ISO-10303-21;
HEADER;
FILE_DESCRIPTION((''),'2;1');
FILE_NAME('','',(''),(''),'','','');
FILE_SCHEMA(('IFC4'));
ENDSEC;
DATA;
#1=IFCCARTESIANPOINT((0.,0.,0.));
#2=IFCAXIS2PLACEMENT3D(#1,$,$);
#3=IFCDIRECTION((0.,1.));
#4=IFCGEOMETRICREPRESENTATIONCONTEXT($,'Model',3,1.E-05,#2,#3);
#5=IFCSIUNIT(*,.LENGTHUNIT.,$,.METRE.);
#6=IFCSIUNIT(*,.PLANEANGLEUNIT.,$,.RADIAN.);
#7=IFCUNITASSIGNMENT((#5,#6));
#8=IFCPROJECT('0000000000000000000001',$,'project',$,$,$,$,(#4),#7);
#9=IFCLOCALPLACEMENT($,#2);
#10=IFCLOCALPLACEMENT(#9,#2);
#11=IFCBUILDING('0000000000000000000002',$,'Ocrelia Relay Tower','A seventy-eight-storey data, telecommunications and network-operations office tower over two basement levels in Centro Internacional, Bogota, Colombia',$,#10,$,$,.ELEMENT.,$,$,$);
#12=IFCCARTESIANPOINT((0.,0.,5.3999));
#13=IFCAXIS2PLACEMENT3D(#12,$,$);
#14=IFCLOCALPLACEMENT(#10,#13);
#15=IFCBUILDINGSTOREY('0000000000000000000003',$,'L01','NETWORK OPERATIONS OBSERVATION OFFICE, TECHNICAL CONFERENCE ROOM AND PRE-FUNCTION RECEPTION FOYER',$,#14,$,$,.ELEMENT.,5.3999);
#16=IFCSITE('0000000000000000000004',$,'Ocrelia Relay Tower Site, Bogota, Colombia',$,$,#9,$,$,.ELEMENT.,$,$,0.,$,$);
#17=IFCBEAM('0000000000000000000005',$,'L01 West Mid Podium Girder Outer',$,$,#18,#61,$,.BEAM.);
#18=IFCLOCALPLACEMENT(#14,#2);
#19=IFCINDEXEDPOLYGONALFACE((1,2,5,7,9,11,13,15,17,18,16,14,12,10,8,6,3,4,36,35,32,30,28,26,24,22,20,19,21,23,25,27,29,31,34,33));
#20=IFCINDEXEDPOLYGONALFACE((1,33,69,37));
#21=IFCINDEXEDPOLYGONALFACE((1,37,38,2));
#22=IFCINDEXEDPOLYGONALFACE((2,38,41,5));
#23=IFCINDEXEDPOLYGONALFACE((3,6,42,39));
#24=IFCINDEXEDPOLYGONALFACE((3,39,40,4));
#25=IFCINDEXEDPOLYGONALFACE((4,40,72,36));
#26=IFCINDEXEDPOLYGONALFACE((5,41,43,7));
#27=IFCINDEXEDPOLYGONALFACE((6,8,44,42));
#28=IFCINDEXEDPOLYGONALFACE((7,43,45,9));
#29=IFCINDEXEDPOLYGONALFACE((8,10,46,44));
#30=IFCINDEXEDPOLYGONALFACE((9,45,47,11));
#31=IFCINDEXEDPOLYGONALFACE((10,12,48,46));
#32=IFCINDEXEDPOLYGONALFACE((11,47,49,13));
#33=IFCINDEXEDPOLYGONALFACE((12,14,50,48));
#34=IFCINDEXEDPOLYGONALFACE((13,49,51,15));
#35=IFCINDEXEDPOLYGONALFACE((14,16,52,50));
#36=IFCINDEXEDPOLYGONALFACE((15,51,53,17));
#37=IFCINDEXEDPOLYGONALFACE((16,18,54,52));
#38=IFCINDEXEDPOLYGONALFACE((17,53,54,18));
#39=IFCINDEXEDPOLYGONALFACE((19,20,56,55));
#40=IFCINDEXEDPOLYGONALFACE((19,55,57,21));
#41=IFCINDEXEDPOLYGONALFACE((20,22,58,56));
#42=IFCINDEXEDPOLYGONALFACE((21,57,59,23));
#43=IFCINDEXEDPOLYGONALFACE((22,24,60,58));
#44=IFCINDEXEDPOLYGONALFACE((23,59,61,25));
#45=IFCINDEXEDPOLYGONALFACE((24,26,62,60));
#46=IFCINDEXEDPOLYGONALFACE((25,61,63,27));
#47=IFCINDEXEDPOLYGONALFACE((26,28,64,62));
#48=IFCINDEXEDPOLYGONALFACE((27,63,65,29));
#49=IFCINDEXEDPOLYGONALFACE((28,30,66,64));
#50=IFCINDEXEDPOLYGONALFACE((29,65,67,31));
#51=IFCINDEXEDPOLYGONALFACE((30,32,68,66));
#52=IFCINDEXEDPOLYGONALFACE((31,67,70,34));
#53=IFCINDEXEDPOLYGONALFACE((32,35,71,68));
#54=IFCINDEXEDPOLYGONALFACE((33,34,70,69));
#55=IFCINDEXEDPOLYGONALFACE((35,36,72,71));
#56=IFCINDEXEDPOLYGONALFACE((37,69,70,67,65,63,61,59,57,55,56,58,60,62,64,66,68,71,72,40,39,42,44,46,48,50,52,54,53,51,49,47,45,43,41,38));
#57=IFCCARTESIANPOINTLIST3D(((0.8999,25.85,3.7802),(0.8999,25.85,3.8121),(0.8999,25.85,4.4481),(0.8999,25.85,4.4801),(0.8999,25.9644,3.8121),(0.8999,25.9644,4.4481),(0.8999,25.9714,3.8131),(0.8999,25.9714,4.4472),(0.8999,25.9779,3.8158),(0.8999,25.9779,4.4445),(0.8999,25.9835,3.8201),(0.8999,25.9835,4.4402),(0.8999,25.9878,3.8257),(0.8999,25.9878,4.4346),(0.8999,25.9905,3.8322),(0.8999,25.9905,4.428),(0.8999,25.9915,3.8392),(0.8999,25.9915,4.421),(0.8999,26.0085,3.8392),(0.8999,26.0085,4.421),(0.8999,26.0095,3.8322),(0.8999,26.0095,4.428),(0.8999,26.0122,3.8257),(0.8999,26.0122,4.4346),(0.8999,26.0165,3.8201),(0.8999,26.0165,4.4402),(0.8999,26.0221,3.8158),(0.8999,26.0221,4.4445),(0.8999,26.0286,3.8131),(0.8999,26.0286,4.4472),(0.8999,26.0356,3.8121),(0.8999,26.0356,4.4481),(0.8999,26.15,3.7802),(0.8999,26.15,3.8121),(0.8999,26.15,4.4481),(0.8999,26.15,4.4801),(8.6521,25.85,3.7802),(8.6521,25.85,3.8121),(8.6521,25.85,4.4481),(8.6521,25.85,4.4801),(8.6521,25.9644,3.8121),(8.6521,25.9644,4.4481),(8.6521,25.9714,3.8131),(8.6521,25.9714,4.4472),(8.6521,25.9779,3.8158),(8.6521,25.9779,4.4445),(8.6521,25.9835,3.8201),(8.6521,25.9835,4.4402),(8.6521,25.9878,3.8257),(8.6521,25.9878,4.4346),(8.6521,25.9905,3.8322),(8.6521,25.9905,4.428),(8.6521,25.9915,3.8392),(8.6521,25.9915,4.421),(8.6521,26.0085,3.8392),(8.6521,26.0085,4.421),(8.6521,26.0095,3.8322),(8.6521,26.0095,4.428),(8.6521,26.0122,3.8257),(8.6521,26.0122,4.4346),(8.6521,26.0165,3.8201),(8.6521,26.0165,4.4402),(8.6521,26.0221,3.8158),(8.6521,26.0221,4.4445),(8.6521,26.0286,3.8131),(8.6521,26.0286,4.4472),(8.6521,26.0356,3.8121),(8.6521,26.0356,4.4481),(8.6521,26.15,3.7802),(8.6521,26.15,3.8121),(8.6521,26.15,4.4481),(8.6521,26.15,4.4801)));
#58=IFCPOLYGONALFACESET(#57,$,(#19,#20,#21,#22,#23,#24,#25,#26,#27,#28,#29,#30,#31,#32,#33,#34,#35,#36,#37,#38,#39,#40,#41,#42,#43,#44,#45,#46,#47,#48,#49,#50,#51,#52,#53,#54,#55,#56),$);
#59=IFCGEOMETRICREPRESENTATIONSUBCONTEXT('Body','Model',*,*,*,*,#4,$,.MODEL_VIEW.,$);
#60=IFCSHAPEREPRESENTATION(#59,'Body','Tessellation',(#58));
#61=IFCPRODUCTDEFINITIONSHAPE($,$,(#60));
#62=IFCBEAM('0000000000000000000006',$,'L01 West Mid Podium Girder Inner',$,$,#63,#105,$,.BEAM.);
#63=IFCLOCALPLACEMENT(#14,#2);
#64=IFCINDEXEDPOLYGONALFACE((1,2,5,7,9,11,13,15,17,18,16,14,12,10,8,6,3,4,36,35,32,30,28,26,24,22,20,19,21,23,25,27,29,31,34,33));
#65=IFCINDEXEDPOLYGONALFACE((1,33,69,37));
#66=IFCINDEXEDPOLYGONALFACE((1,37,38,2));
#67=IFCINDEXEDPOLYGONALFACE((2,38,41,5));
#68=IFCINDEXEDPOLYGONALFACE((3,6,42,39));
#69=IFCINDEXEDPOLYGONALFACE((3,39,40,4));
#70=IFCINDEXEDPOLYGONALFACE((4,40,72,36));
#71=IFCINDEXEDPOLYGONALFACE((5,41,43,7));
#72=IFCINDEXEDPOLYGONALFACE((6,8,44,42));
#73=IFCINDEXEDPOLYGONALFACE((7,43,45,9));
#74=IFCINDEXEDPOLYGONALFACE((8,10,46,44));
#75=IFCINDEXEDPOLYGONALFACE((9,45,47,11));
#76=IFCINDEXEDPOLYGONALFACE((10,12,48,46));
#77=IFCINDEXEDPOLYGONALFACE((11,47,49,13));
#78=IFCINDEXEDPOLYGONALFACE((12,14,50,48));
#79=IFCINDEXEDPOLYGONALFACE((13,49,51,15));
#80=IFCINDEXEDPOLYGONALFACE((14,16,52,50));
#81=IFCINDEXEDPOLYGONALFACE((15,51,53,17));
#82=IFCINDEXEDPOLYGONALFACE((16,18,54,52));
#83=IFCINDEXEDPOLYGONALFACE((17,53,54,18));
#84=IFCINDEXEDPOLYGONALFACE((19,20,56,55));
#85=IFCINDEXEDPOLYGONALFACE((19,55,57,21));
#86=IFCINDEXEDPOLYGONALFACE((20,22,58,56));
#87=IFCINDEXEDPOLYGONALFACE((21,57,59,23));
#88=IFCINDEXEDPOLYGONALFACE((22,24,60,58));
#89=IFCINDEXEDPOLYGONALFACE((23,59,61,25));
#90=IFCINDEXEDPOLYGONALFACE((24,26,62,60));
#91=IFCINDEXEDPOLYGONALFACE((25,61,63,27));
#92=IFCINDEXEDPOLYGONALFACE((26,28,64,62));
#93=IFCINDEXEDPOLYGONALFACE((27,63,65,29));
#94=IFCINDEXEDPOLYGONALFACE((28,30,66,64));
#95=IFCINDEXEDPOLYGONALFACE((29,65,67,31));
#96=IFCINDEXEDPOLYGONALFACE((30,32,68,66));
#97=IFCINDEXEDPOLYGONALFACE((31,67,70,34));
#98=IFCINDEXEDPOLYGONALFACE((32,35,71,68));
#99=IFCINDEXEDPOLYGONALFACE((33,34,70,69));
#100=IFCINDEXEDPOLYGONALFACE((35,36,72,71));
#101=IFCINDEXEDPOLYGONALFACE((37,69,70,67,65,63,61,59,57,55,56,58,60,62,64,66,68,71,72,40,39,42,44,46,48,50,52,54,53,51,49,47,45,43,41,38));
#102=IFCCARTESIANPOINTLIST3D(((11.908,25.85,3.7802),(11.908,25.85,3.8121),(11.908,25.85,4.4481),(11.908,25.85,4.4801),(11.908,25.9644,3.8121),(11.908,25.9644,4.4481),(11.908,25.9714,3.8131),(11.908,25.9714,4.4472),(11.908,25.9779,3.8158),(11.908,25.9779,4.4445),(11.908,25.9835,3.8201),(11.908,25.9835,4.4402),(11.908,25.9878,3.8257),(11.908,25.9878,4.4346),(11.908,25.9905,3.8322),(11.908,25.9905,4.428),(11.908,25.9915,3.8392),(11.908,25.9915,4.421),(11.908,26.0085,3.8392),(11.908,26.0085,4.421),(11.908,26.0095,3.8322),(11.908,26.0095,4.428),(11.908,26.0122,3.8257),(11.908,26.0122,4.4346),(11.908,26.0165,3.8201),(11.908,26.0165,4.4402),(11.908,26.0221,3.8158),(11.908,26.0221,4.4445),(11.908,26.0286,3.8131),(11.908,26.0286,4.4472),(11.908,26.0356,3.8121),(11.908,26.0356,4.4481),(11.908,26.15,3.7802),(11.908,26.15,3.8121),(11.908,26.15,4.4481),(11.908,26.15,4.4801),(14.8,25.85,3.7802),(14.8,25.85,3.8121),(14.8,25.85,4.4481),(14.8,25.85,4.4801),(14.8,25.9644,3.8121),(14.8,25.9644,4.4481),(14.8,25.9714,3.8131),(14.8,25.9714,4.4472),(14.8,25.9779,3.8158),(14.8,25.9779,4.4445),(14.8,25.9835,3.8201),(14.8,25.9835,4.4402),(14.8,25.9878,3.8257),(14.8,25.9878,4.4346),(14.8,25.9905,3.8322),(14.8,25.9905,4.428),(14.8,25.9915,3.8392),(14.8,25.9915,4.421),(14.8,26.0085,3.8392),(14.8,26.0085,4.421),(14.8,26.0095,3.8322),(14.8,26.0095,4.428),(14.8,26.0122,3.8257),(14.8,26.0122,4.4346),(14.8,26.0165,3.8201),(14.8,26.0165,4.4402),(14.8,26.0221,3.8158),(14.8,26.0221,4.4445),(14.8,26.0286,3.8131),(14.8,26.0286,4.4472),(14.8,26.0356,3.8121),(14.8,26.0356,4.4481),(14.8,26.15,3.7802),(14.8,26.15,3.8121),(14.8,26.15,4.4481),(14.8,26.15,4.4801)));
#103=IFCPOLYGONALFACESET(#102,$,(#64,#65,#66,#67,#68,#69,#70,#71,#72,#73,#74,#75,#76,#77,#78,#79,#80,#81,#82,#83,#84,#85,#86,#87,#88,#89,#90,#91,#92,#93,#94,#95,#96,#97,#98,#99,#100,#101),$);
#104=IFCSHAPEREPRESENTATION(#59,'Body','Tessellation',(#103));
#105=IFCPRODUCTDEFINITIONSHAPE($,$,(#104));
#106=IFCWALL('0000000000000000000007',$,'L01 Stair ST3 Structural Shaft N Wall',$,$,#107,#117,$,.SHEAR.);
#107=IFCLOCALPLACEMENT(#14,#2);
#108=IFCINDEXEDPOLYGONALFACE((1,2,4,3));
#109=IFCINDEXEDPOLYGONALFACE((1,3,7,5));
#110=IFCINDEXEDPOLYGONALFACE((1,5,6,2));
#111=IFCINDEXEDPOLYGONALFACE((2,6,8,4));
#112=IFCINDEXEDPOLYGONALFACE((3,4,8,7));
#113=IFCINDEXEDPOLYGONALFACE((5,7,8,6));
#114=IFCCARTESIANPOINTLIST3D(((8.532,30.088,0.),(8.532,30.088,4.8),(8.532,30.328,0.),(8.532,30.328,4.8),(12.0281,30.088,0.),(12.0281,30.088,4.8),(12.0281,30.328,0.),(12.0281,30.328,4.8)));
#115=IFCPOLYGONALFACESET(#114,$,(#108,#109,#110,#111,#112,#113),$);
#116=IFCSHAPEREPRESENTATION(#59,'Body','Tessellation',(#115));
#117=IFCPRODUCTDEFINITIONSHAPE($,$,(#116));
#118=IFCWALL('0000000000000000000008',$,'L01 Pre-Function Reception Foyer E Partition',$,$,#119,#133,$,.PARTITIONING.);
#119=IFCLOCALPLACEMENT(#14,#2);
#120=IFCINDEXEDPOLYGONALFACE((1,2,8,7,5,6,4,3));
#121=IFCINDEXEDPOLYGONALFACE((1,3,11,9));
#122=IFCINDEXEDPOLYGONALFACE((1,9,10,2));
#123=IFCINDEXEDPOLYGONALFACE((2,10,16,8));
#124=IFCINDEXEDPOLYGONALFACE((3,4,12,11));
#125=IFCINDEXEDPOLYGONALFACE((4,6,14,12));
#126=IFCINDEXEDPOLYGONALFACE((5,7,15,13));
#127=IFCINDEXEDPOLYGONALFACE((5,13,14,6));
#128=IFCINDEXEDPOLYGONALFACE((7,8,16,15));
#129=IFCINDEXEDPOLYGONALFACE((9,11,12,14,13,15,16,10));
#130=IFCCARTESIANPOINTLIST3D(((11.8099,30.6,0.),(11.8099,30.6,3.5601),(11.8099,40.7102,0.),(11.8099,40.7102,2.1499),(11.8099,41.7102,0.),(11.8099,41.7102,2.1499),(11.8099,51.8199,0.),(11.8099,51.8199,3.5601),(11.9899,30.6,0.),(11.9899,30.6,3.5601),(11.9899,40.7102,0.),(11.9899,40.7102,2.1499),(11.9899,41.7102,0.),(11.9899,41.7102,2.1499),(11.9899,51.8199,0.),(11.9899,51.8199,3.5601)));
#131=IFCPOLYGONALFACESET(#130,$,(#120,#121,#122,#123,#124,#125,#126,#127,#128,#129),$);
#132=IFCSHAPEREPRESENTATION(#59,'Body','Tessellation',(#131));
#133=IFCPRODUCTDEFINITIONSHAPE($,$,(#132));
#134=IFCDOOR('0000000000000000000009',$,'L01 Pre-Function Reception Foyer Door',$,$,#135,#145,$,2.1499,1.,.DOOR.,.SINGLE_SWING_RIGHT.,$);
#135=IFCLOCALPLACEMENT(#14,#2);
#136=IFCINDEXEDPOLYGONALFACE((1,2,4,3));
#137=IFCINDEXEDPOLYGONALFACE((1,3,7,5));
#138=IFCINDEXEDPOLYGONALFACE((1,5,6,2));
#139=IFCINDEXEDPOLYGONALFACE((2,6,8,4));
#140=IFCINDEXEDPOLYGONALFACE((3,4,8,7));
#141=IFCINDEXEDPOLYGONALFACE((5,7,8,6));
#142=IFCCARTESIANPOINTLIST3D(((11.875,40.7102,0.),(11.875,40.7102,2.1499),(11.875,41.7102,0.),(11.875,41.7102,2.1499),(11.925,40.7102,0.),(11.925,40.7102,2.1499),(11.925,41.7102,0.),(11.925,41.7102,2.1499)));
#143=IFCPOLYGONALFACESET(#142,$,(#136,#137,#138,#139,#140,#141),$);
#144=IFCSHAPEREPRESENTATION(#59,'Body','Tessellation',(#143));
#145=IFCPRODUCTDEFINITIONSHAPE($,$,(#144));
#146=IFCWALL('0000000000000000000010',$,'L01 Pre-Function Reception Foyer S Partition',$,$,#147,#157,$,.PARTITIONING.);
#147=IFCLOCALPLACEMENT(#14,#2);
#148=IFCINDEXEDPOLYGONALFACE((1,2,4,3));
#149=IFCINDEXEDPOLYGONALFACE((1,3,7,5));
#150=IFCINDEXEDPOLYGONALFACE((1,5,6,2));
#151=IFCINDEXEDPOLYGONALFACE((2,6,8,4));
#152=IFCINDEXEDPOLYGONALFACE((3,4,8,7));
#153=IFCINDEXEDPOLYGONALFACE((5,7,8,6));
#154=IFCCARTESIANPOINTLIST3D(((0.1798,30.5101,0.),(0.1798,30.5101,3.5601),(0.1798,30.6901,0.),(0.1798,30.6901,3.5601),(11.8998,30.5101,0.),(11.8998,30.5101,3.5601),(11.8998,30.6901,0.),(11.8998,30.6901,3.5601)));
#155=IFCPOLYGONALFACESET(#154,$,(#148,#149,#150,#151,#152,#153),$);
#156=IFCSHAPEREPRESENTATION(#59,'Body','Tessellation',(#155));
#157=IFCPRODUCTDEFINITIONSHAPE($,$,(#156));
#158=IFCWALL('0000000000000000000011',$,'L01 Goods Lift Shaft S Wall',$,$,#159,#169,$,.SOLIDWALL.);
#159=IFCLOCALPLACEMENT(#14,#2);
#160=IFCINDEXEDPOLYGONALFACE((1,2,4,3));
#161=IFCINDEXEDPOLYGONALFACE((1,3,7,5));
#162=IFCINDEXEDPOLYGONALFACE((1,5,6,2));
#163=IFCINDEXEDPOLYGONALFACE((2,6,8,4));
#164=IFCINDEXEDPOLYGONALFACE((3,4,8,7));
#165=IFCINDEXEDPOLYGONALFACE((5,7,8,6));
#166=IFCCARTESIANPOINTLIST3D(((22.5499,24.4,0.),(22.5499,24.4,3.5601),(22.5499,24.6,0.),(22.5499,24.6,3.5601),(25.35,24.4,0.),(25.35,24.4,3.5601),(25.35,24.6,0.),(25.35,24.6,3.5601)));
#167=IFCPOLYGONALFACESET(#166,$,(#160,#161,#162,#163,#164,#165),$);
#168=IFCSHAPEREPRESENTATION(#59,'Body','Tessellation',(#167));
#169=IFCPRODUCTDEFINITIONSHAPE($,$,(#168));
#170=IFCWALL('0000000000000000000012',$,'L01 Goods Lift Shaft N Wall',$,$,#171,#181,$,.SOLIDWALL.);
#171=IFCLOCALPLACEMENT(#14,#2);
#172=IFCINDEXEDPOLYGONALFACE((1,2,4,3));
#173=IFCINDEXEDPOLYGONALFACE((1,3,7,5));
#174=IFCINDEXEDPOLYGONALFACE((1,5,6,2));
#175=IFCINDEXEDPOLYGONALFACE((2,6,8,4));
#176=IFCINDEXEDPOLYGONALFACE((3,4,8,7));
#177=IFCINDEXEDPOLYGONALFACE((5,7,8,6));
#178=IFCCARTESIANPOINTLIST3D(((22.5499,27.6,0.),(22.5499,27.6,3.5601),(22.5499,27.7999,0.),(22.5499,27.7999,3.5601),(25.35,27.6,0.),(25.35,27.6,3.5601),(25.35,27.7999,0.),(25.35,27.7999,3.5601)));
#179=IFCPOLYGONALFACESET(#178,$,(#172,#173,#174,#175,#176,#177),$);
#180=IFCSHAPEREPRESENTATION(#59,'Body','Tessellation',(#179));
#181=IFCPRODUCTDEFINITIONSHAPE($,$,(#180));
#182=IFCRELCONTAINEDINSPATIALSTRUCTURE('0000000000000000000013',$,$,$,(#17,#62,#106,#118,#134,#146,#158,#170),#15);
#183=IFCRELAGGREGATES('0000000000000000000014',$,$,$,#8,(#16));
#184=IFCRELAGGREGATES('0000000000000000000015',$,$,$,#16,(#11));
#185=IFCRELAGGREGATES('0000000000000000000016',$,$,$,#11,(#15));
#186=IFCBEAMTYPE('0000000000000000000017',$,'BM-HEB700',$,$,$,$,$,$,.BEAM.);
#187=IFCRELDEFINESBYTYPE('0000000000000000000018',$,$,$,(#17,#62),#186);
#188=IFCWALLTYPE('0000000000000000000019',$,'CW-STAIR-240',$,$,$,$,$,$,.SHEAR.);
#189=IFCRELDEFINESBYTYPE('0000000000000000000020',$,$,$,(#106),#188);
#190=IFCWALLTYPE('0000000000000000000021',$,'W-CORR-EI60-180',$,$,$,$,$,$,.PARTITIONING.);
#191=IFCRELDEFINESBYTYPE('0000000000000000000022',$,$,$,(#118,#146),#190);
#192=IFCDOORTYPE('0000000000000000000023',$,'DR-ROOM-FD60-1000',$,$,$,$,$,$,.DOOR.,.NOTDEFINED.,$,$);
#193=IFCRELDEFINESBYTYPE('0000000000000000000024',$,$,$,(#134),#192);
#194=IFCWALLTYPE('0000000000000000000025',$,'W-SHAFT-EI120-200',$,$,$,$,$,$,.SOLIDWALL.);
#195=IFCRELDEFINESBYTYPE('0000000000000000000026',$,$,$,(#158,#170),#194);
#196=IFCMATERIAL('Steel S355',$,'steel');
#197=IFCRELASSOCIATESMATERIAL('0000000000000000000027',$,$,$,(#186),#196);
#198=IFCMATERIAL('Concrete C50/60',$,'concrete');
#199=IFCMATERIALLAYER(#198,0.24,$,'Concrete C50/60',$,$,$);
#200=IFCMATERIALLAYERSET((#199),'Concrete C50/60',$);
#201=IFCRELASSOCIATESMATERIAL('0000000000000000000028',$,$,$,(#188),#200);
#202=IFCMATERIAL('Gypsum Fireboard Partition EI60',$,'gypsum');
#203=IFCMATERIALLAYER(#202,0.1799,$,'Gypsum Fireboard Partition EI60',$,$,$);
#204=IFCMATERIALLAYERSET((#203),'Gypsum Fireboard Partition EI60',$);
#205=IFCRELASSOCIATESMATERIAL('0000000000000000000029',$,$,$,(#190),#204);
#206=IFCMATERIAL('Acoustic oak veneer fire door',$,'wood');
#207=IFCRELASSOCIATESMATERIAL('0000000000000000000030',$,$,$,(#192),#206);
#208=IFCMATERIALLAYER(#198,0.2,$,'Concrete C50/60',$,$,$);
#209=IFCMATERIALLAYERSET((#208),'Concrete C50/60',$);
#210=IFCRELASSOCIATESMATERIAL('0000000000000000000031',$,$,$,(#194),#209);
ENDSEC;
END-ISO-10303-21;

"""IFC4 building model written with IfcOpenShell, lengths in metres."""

from ifc_helpers import new_model, si_unit, direction, frame, frame_2d, origin, origin_2d, place, context, subcontext, project, spatial, rectangle, i_section, extrude, material, layer, layer_set, material_profile, profile_set, type_object, element, fill, save


model = new_model("IFC4")

# Units and contexts
model_context = context("Model", 3, precision=1e-05, world=origin(), true_north=direction((0.0, 1.0)))
body_context = subcontext(model_context, "Body", "Model", "MODEL_VIEW")
ifc_project = project(units=[si_unit("LENGTHUNIT", "METRE"), si_unit("PLANEANGLEUNIT", "RADIAN")], contexts=[model_context])

# Site, building, storey
site_placement = place(None, origin())
site = spatial("IfcSite", under=ifc_project, at=site_placement, Name="Ocrelia Relay Tower Site, Bogota, Colombia", CompositionType="ELEMENT", RefElevation=0.0)
building_placement = place(site_placement, origin())
building = spatial("IfcBuilding", under=site, at=building_placement, Name="Ocrelia Relay Tower", Description="A seventy-eight-storey data, telecommunications and network-operations office tower over two basement levels in Centro Internacional, Bogota, Colombia", CompositionType="ELEMENT")
storey_placement = place(building_placement, frame((0.0, 0.0, 5.3999)))
storey = spatial("IfcBuildingStorey", under=building, at=storey_placement, Name="L01", Description="NETWORK OPERATIONS OBSERVATION OFFICE, TECHNICAL CONFERENCE ROOM AND PRE-FUNCTION RECEPTION FOYER", CompositionType="ELEMENT", Elevation=5.3999)

# Beams
ifc_material_1 = material(Name="Steel S355", Category="steel")
ifc_material_profile_1 = material_profile(ifc_material_1, i_section(OverallWidth=0.3, OverallDepth=0.7, WebThickness=0.0171, FlangeThickness=0.032, FilletRadius=0.0271, at=origin_2d()), Name="HEB 700")
ifc_profile_set_1 = profile_set([ifc_material_profile_1], Name="Steel S355")
beam_type_1 = type_object("IfcBeamType", Name="BM-HEB700", PredefinedType="BEAM", material=ifc_profile_set_1)
beam_1_placement = place(storey_placement, frame((0.8999, 26.0, 4.1301), z_axis=(1.0, 0.0, 0.0), x_axis=(0.0, 1.0, 0.0)))
element("IfcBeam", 1, at=beam_1_placement, inside=storey, type_object=beam_type_1, Name="L01 West Mid Podium Girder Outer", PredefinedType="BEAM", context=body_context, shape_type="SweptSolid", body=[
    extrude(i_section(OverallWidth=0.3, OverallDepth=0.7, WebThickness=0.0171, FlangeThickness=0.032, FilletRadius=0.0271, at=origin_2d()), origin(), (0.0, 0.0, 1.0), 7.7522),
])
beam_2_placement = place(storey_placement, frame((11.908, 26.0, 4.1301), z_axis=(1.0, 0.0, 0.0), x_axis=(0.0, 1.0, 0.0)))
element("IfcBeam", 2, at=beam_2_placement, inside=storey, type_object=beam_type_1, Name="L01 West Mid Podium Girder Inner", PredefinedType="BEAM", context=body_context, shape_type="SweptSolid", body=[
    extrude(i_section(OverallWidth=0.3, OverallDepth=0.7, WebThickness=0.0171, FlangeThickness=0.032, FilletRadius=0.0271, at=origin_2d()), origin(), (0.0, 0.0, 1.0), 2.8921),
])

# Wall
ifc_material_2 = material(Name="Concrete C50/60", Category="concrete")
ifc_layer_1 = layer(ifc_material_2, 0.24, Name="Concrete C50/60")
ifc_layer_set_1 = layer_set([ifc_layer_1], Name="Concrete C50/60")
wall_type_1 = type_object("IfcWallType", Name="CW-STAIR-240", PredefinedType="SHEAR", material=ifc_layer_set_1)
wall_1_placement = place(storey_placement, frame((8.532, 30.208, 0.0), z_axis=(0.0, 0.0, 1.0), x_axis=(1.0, 0.0, 0.0)))
element("IfcWall", 3, at=wall_1_placement, inside=storey, type_object=wall_type_1, Name="L01 Stair ST3 Structural Shaft N Wall", PredefinedType="SHEAR", context=body_context, shape_type="SweptSolid", body=[
    extrude(rectangle(XDim=3.4961, YDim=0.24, at=frame_2d((1.748, 0.0))), origin(), (0.0, 0.0, 1.0), 4.8),
])

# Wall, opening, door
ifc_material_3 = material(Name="Gypsum Fireboard Partition EI60", Category="gypsum")
ifc_layer_2 = layer(ifc_material_3, 0.1799, Name="Gypsum Fireboard Partition EI60")
ifc_layer_set_2 = layer_set([ifc_layer_2], Name="Gypsum Fireboard Partition EI60")
wall_type_2 = type_object("IfcWallType", Name="W-CORR-EI60-180", PredefinedType="PARTITIONING", material=ifc_layer_set_2)
wall_2_placement = place(storey_placement, frame((11.8999, 30.6001, 0.0), z_axis=(0.0, 0.0, 1.0), x_axis=(0.0, 1.0, 0.0)))
wall_2 = element("IfcWall", 4, at=wall_2_placement, inside=storey, type_object=wall_type_2, Name="L01 Pre-Function Reception Foyer E Partition", PredefinedType="PARTITIONING", context=body_context, shape_type="SweptSolid", body=[
    extrude(rectangle(XDim=21.22, YDim=0.1799, at=frame_2d((10.6099, 0.0))), origin(), (0.0, 0.0, 1.0), 3.5601),
])
opening_1_placement = place(wall_2_placement, frame((10.1101, 0.0, 0.0)))
opening_1 = element("IfcOpeningElement", 5, at=opening_1_placement, cuts=wall_2, PredefinedType="OPENING", context=body_context, shape_type="SweptSolid", body=[
    extrude(rectangle(XDim=1.0, YDim=2.1499, at=frame_2d((0.5, 1.075))), frame((0.0, 0.1001, 0.0), z_axis=(0.0, -1.0, 0.0), x_axis=(1.0, 0.0, 0.0)), (0.0, 0.0, 1.0), 0.2),
])
ifc_material_4 = material(Name="Acoustic oak veneer fire door", Category="wood")
door_type_1 = type_object("IfcDoorType", Name="DR-ROOM-FD60-1000", OperationType="NOTDEFINED", PredefinedType="DOOR", material=ifc_material_4)
door_1_placement = place(opening_1_placement, origin())
door_1 = element("IfcDoor", 6, at=door_1_placement, inside=storey, type_object=door_type_1, Name="L01 Pre-Function Reception Foyer Door", OperationType="SINGLE_SWING_RIGHT", OverallHeight=2.1499, OverallWidth=1.0, PredefinedType="DOOR", context=body_context, shape_type="SweptSolid", body=[
    extrude(rectangle(XDim=1.0, YDim=2.1499, at=frame_2d((0.5, 1.075))), frame((0.0, 0.0249, 0.0), z_axis=(0.0, -1.0, 0.0), x_axis=(1.0, 0.0, 0.0)), (0.0, 0.0, 1.0), 0.05),
])
fill(opening_1, door_1)

# Wall
wall_3_placement = place(storey_placement, frame((0.1799, 30.6001, 0.0), z_axis=(0.0, 0.0, 1.0), x_axis=(1.0, 0.0, 0.0)))
element("IfcWall", 7, at=wall_3_placement, inside=storey, type_object=wall_type_2, Name="L01 Pre-Function Reception Foyer S Partition", PredefinedType="PARTITIONING", context=body_context, shape_type="SweptSolid", body=[
    extrude(rectangle(XDim=11.72, YDim=0.1799, at=frame_2d((5.8599, 0.0))), origin(), (0.0, 0.0, 1.0), 3.5601),
])

# Shared definitions
ifc_layer_3 = layer(ifc_material_2, 0.2, Name="Concrete C50/60")
ifc_layer_set_3 = layer_set([ifc_layer_3], Name="Concrete C50/60")
wall_type_3 = type_object("IfcWallType", Name="W-SHAFT-EI120-200", PredefinedType="SOLIDWALL", material=ifc_layer_set_3)

# Walls
for number, where, z_axis, x_axis, name in (
    (8, (22.55, 24.5, 0.0), (0.0, 0.0, 1.0), (1.0, 0.0, 0.0), "L01 Goods Lift Shaft S Wall"),
    (9, (22.55, 27.7, 0.0), (0.0, 0.0, 1.0), (1.0, 0.0, 0.0), "L01 Goods Lift Shaft N Wall"),
):
    element("IfcWall", number, at=place(storey_placement, frame(where, z_axis=z_axis, x_axis=x_axis)), inside=storey, type_object=wall_type_3, Name=name, PredefinedType="SOLIDWALL", context=body_context, shape_type="SweptSolid", body=[
        extrude(rectangle(XDim=2.8, YDim=0.2, at=frame_2d((1.3999, 0.0))), origin(), (0.0, 0.0, 1.0), 3.5601),
    ])

save(model, "model.ifc")
